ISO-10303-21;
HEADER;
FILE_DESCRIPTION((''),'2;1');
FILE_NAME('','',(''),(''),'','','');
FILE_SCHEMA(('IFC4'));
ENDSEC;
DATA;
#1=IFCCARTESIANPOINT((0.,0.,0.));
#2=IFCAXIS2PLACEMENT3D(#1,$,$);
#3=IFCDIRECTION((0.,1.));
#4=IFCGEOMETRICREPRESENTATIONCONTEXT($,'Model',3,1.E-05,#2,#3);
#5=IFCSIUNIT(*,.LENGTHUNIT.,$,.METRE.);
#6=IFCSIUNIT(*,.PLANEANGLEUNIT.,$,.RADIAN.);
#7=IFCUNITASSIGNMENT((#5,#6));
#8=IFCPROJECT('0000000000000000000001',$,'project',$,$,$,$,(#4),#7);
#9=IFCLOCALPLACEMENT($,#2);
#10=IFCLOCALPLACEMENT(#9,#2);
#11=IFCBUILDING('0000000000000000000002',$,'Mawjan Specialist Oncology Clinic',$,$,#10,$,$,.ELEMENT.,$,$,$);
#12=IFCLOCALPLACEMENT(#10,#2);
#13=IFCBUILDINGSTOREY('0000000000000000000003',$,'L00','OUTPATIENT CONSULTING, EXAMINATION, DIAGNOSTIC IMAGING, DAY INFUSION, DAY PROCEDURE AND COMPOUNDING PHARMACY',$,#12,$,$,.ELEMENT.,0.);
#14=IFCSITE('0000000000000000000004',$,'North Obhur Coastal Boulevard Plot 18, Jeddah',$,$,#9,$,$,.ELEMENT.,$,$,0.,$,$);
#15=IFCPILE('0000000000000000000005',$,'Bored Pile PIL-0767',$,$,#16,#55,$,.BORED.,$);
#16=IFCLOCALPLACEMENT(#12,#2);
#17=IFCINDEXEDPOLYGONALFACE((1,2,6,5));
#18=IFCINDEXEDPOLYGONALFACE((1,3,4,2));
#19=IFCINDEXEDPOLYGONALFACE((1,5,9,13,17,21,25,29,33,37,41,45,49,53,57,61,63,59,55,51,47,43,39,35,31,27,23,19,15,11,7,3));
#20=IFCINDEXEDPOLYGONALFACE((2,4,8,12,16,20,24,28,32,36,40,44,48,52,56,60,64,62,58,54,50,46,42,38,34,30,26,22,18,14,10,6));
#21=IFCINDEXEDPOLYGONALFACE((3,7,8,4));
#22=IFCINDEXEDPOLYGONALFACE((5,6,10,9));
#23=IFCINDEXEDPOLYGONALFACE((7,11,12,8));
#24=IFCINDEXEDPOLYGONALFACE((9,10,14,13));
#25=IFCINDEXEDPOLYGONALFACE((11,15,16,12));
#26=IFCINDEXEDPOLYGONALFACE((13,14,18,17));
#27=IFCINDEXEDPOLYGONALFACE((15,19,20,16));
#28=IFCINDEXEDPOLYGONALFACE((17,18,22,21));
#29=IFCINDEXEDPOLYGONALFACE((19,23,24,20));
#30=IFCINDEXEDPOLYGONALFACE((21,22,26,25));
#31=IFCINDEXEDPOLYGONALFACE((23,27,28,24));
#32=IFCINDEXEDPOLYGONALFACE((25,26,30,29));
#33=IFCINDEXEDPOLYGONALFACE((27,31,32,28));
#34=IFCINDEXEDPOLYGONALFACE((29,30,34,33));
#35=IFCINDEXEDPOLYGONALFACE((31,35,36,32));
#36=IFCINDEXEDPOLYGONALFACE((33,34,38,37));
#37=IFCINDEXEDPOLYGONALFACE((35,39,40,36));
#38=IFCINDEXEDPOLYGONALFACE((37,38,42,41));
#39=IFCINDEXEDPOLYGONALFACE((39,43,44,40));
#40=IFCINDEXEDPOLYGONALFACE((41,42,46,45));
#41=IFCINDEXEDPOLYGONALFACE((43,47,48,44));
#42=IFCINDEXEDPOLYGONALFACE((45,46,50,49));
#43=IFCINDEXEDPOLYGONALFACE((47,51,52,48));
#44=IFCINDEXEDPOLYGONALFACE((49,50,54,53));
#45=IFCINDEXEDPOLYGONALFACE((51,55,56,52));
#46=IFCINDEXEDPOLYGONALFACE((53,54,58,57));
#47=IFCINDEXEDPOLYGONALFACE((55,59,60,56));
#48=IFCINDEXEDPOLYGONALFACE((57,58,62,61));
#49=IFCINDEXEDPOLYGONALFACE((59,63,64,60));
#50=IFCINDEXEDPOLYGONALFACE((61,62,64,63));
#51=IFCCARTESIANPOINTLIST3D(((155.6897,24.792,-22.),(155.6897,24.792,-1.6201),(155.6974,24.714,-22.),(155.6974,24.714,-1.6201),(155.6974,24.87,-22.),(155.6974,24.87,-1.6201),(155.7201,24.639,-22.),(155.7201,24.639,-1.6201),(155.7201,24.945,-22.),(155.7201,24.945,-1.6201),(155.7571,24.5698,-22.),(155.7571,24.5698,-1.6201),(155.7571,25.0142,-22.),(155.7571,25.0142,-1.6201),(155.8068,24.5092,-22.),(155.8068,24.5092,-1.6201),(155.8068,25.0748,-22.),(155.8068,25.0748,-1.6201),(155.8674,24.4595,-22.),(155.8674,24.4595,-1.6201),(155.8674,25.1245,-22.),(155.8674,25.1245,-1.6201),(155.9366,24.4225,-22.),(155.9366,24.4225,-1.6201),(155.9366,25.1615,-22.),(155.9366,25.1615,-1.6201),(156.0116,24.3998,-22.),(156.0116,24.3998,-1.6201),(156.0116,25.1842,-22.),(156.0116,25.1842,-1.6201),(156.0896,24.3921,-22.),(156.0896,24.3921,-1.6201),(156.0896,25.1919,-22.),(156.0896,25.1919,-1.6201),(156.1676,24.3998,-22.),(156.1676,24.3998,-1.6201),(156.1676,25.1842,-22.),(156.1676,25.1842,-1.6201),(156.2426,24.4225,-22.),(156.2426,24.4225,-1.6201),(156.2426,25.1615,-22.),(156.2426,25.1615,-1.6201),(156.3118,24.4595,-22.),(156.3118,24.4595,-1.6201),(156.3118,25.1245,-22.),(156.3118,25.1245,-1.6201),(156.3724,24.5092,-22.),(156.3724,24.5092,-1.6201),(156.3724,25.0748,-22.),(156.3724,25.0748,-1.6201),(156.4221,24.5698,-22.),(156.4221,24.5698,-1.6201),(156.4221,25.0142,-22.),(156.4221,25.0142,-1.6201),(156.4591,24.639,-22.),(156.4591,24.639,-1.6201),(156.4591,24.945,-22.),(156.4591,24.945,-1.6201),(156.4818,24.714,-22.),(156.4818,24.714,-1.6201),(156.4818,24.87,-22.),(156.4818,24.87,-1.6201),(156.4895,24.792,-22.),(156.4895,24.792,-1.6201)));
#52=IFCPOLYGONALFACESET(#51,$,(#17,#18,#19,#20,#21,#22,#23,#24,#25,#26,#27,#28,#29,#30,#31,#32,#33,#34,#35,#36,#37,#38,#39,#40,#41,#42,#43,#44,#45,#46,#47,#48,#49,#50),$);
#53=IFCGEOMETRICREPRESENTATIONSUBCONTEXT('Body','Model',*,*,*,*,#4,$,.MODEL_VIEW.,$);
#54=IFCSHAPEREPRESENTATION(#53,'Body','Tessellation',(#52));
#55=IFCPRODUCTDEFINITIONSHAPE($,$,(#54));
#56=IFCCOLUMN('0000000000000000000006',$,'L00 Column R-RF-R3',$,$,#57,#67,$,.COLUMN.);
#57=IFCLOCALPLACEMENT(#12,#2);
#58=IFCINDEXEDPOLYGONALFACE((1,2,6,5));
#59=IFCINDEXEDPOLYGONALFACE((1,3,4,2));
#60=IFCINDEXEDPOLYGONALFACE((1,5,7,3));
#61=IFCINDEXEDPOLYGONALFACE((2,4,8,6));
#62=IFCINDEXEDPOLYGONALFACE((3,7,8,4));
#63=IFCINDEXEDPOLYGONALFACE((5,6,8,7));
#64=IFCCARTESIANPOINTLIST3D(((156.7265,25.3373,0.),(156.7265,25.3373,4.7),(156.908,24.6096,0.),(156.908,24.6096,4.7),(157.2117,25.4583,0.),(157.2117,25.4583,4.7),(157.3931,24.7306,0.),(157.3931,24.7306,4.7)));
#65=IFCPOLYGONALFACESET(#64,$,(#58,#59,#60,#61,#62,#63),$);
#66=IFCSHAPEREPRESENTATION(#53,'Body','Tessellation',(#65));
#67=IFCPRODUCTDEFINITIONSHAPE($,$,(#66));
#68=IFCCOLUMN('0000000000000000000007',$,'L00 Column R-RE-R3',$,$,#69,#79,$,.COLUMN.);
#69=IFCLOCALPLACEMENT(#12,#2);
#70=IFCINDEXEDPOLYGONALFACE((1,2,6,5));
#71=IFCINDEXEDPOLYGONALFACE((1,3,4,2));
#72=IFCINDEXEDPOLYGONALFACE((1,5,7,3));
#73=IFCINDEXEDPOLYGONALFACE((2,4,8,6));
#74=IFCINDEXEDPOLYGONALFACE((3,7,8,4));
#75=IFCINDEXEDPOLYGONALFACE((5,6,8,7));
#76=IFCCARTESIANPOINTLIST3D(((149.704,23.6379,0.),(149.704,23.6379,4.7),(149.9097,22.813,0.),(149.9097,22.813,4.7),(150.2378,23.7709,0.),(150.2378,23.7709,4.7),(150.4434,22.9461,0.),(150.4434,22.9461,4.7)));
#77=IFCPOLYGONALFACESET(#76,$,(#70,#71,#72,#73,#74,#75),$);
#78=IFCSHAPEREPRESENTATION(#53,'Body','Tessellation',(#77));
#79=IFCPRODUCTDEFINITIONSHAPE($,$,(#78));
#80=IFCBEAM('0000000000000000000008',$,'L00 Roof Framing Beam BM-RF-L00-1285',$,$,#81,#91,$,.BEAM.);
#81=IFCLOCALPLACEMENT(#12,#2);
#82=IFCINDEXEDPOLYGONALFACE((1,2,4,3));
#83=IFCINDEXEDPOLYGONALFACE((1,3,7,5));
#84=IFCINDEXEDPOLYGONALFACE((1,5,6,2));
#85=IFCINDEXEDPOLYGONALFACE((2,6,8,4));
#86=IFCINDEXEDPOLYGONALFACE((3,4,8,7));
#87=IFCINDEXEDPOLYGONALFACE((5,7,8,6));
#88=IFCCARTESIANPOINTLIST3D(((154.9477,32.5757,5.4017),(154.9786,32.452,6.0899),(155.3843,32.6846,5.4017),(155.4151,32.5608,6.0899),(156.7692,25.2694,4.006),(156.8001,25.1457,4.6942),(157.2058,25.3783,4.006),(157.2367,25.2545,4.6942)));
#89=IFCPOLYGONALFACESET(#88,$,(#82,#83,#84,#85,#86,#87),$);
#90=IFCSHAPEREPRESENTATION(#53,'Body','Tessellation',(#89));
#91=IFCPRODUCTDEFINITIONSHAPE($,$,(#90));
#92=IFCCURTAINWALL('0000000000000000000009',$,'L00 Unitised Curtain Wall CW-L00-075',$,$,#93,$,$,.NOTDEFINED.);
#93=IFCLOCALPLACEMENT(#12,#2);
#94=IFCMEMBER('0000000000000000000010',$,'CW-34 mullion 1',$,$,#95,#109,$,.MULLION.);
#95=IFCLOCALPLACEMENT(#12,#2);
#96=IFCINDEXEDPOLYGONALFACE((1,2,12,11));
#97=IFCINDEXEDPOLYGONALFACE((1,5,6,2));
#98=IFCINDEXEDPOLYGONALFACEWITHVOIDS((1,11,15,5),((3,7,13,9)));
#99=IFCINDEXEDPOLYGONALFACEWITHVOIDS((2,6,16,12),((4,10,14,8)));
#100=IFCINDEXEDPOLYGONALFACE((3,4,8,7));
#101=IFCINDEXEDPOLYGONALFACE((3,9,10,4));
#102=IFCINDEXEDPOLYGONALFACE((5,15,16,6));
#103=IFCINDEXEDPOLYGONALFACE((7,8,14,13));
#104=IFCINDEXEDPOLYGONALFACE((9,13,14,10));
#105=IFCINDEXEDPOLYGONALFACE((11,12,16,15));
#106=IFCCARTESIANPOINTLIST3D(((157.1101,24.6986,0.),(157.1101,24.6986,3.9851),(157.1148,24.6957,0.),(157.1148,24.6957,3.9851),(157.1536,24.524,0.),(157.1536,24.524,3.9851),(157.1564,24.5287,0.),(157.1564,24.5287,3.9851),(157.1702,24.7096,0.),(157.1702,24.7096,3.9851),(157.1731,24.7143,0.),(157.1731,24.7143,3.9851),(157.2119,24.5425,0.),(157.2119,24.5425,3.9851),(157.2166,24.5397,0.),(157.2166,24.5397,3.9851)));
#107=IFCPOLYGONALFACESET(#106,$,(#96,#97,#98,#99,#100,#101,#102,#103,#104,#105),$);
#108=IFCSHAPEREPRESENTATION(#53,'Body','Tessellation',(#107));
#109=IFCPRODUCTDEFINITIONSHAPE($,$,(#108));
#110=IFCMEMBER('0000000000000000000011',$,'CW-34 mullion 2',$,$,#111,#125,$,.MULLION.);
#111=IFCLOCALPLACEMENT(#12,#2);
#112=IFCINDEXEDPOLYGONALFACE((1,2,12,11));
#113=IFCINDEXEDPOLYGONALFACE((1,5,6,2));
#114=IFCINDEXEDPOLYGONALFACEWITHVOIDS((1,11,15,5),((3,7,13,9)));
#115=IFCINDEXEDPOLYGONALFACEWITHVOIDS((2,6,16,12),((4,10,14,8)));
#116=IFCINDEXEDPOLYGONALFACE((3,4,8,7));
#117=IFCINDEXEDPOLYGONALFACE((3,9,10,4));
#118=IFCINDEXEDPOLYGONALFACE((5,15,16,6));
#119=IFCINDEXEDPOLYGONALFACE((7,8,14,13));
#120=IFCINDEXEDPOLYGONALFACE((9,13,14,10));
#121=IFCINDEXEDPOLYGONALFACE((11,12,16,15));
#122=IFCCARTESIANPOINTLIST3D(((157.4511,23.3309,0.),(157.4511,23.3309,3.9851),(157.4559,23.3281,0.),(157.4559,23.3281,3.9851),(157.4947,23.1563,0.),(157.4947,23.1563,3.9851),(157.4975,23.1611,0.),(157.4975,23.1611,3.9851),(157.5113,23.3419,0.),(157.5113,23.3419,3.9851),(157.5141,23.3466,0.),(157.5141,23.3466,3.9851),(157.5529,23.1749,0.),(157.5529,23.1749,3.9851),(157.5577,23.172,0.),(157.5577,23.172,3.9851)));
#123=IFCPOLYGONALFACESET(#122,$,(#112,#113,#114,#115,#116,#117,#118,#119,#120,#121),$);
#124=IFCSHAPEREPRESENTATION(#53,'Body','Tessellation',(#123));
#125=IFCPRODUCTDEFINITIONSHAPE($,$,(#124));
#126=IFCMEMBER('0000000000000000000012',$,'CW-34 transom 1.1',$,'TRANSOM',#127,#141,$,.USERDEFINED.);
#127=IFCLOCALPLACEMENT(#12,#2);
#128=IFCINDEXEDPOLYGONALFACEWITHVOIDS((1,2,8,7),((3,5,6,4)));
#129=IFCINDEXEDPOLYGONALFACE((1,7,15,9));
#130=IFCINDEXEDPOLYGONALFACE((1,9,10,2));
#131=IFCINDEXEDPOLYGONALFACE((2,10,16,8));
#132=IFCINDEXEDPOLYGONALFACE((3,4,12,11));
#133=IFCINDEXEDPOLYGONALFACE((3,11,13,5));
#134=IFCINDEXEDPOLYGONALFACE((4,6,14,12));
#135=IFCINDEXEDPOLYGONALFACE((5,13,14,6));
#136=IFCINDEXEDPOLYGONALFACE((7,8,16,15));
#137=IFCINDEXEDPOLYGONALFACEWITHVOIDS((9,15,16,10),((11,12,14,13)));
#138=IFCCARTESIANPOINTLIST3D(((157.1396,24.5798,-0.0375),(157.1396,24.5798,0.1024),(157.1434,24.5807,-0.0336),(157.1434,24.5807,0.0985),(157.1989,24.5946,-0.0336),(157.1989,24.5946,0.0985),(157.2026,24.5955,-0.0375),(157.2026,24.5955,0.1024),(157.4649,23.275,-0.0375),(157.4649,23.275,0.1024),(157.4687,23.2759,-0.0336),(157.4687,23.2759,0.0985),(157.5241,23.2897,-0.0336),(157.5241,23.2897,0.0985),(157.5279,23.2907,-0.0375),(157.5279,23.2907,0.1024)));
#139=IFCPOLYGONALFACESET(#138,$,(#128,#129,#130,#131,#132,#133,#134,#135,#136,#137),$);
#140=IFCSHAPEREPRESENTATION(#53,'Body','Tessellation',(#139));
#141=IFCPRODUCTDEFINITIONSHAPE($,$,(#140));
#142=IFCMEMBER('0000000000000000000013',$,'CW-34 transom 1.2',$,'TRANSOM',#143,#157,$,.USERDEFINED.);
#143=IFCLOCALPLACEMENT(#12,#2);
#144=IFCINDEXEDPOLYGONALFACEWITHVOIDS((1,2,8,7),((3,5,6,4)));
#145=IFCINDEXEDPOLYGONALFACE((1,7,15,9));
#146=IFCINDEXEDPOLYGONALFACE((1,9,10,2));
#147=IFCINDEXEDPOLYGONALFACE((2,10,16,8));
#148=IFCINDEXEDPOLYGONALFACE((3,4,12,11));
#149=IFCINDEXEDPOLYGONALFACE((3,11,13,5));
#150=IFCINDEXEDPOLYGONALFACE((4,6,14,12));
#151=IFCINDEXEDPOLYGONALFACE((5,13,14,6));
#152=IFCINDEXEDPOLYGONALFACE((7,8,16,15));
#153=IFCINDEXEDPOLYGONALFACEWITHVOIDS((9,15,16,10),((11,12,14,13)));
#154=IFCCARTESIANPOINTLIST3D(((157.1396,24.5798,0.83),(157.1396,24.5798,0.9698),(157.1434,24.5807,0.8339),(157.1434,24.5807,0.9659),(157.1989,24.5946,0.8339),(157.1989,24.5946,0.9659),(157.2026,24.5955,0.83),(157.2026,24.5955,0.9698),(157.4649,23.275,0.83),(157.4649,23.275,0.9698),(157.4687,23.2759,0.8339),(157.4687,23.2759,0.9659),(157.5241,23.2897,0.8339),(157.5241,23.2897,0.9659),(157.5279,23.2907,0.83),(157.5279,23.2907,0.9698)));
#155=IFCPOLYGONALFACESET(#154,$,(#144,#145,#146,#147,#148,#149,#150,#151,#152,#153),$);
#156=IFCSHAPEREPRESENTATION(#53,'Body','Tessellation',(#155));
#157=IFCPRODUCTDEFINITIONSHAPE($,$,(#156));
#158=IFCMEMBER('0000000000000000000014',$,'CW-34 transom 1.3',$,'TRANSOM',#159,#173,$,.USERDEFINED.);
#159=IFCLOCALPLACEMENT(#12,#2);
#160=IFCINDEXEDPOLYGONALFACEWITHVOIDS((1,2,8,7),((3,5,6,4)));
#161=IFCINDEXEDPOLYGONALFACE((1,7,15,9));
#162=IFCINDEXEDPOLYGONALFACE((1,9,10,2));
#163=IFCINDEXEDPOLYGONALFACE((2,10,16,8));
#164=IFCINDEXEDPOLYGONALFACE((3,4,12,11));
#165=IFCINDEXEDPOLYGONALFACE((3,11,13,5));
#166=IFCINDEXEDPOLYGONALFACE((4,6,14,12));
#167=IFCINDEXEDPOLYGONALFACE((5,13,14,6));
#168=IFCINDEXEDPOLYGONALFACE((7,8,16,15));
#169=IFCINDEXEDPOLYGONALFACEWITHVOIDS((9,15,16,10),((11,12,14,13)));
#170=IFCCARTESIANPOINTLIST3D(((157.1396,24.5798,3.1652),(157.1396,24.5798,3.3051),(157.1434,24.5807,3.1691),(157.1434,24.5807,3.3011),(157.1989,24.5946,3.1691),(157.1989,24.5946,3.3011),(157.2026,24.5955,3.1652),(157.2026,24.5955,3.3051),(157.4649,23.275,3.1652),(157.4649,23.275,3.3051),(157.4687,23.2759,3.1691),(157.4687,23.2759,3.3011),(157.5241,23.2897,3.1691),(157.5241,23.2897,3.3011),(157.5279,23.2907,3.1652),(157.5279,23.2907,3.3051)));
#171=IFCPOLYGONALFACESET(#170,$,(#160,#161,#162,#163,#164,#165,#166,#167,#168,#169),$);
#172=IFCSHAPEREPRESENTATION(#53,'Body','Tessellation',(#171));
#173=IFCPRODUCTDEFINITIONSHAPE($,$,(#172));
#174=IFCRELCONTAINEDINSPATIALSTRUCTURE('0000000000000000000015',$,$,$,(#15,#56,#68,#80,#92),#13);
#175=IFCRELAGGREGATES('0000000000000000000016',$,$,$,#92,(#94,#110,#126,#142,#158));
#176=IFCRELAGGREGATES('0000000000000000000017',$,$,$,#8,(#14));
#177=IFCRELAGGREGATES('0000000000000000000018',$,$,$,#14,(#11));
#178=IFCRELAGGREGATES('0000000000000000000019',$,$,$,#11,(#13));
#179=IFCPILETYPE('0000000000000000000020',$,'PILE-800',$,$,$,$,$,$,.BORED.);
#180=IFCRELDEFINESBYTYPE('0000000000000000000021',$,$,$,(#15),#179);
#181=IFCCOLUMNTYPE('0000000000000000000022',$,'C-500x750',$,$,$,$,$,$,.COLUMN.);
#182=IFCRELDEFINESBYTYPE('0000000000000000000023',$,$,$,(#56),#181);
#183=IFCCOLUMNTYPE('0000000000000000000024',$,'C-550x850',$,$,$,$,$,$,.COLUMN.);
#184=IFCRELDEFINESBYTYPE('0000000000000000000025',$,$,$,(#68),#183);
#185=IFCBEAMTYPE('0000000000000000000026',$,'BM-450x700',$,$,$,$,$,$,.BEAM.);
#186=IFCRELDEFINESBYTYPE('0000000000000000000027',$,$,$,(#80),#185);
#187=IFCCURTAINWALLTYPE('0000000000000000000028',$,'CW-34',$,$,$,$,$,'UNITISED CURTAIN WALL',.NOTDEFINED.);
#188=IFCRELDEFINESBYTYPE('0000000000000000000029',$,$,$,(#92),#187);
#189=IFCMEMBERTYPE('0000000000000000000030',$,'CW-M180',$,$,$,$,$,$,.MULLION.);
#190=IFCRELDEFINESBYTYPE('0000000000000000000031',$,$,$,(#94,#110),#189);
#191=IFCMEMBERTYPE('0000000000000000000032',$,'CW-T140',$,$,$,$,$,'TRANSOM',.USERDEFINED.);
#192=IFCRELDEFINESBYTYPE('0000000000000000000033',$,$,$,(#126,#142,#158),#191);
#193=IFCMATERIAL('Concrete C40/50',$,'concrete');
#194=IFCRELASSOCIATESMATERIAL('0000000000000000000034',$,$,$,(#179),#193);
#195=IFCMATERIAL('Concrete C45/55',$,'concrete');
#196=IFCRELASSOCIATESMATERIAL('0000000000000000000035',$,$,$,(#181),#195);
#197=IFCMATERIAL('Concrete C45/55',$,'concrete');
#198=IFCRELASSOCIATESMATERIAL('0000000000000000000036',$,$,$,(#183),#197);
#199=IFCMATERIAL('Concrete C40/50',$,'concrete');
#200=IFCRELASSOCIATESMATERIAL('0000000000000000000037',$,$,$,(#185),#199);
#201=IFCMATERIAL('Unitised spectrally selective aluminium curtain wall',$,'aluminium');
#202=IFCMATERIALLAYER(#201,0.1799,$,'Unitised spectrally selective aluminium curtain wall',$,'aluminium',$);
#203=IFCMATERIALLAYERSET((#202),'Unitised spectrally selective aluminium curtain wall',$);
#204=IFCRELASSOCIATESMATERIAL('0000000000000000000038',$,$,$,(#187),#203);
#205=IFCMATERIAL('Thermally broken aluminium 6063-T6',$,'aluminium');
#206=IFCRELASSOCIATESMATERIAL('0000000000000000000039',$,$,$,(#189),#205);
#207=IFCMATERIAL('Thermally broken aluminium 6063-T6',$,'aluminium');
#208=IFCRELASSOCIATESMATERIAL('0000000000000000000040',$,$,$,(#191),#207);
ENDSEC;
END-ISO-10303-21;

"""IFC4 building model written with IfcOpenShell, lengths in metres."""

from ifc_helpers import new_model, si_unit, direction, frame, origin, origin_2d, place, context, subcontext, project, spatial, rectangle, hollow_rectangle, circle, extrude, material, layer, layer_set, material_profile, profile_set, type_object, element, aggregate, save


model = new_model("IFC4")

# Units and contexts
model_context = context("Model", 3, precision=1e-05, world=origin(), true_north=direction((0.0, 1.0)))
body_context = subcontext(model_context, "Body", "Model", "MODEL_VIEW")
ifc_project = project(units=[si_unit("LENGTHUNIT", "METRE"), si_unit("PLANEANGLEUNIT", "RADIAN")], contexts=[model_context])

# Site, building, storey
site_placement = place(None, origin())
site = spatial("IfcSite", under=ifc_project, at=site_placement, Name="North Obhur Coastal Boulevard Plot 18, Jeddah", CompositionType="ELEMENT", RefElevation=0.0)
building_placement = place(site_placement, origin())
building = spatial("IfcBuilding", under=site, at=building_placement, Name="Mawjan Specialist Oncology Clinic", CompositionType="ELEMENT")
storey_placement = place(building_placement, origin())
storey = spatial("IfcBuildingStorey", under=building, at=storey_placement, Name="L00", Description="OUTPATIENT CONSULTING, EXAMINATION, DIAGNOSTIC IMAGING, DAY INFUSION, DAY PROCEDURE AND COMPOUNDING PHARMACY", CompositionType="ELEMENT", Elevation=0.0)

# Pile
ifc_material_1 = material(Name="Concrete C40/50", Category="concrete")
ifc_material_profile_1 = material_profile(ifc_material_1, circle(Radius=0.3999, at=origin_2d()), Name="BORED PILE D800", Category="concrete")
ifc_profile_set_1 = profile_set([ifc_material_profile_1], Name="Concrete C40/50")
pile_type = type_object("IfcPileType", Name="PILE-800", PredefinedType="BORED", material=ifc_profile_set_1)
pile_placement = place(storey_placement, frame((156.0896, 24.792, -1.6201), z_axis=(0.0, 0.0, -1.0), x_axis=(1.0, 0.0, 0.0)))
element("IfcPile", 1, at=pile_placement, inside=storey, type_object=pile_type, Name="Bored Pile PIL-0767", PredefinedType="BORED", context=body_context, shape_type="SweptSolid", body=[
    extrude(circle(Radius=0.3999, at=origin_2d()), origin(), (0.0, 0.0, 1.0), 20.3799),
])

# Columns
ifc_material_2 = material(Name="Concrete C45/55", Category="concrete")
ifc_material_profile_2 = material_profile(ifc_material_2, rectangle(XDim=0.5, YDim=0.75, at=origin_2d()), Name="RC COL 500x750", Category="concrete")
ifc_profile_set_2 = profile_set([ifc_material_profile_2], Name="Concrete C45/55")
column_type_1 = type_object("IfcColumnType", Name="C-500x750", PredefinedType="COLUMN", material=ifc_profile_set_2)
column_1_placement = place(storey_placement, frame((157.0598, 25.0339, 0.0), z_axis=(0.0, 0.0, 1.0), x_axis=(0.970296, 0.241922, 0.0)))
element("IfcColumn", 2, at=column_1_placement, inside=storey, type_object=column_type_1, Name="L00 Column R-RF-R3", PredefinedType="COLUMN", context=body_context, shape_type="SweptSolid", body=[
    extrude(rectangle(XDim=0.5, YDim=0.75, at=origin_2d()), origin(), (0.0, 0.0, 1.0), 4.7),
])
ifc_material_3 = material(Name="Concrete C45/55", Category="concrete")
ifc_material_profile_3 = material_profile(ifc_material_3, rectangle(XDim=0.55, YDim=0.8501, at=origin_2d()), Name="RC COL 550x850", Category="concrete")
ifc_profile_set_3 = profile_set([ifc_material_profile_3], Name="Concrete C45/55")
column_type_2 = type_object("IfcColumnType", Name="C-550x850", PredefinedType="COLUMN", material=ifc_profile_set_3)
column_2_placement = place(storey_placement, frame((150.0737, 23.292, 0.0), z_axis=(0.0, 0.0, 1.0), x_axis=(0.970296, 0.241922, 0.0)))
element("IfcColumn", 3, at=column_2_placement, inside=storey, type_object=column_type_2, Name="L00 Column R-RE-R3", PredefinedType="COLUMN", context=body_context, shape_type="SweptSolid", body=[
    extrude(rectangle(XDim=0.55, YDim=0.8501, at=origin_2d()), origin(), (0.0, 0.0, 1.0), 4.7),
])

# Beam
ifc_material_4 = material(Name="Concrete C40/50", Category="concrete")
ifc_material_profile_4 = material_profile(ifc_material_4, rectangle(XDim=0.45, YDim=0.7, at=origin_2d()), Name="RC BM 450x700", Category="concrete")
ifc_profile_set_4 = profile_set([ifc_material_profile_4], Name="Concrete C40/50")
beam_type = type_object("IfcBeamType", Name="BM-450x700", PredefinedType="BEAM", material=ifc_profile_set_4)
beam_placement = place(storey_placement, frame((157.0029, 25.262, 4.3501), z_axis=(-0.237851, 0.95405, 0.182254), x_axis=(-0.970301, -0.241902, 0.0)))
element("IfcBeam", 4, at=beam_placement, inside=storey, type_object=beam_type, Name="L00 Roof Framing Beam BM-RF-L00-1285", PredefinedType="BEAM", context=body_context, shape_type="SweptSolid", body=[
    extrude(rectangle(XDim=0.45, YDim=0.7, at=origin_2d()), origin(), (0.0, 0.0, 1.0), 7.6582),
])

# Curtain wall, members
ifc_material_5 = material(Name="Unitised spectrally selective aluminium curtain wall", Category="aluminium")
ifc_layer_1 = layer(ifc_material_5, 0.1799, Name="Unitised spectrally selective aluminium curtain wall", Category="aluminium")
ifc_layer_set_1 = layer_set([ifc_layer_1], Name="Unitised spectrally selective aluminium curtain wall")
curtain_wall_type = type_object("IfcCurtainWallType", Name="CW-34", ElementType="UNITISED CURTAIN WALL", PredefinedType="NOTDEFINED", material=ifc_layer_set_1)
curtain_wall_placement = place(storey_placement, origin())
curtain_wall = element("IfcCurtainWall", 5, at=curtain_wall_placement, inside=storey, type_object=curtain_wall_type, Name="L00 Unitised Curtain Wall CW-L00-075", PredefinedType="NOTDEFINED")
ifc_material_6 = material(Name="Thermally broken aluminium 6063-T6", Category="aluminium")
ifc_material_profile_5 = material_profile(ifc_material_6, hollow_rectangle(XDim=0.0649, YDim=0.1799, WallThickness=0.0039, at=origin_2d()), Name="ALU MULLION 180x65x4", Category="aluminium")
ifc_profile_set_5 = profile_set([ifc_material_profile_5], Name="Thermally broken aluminium 6063-T6")
member_type_1 = type_object("IfcMemberType", Name="CW-M180", PredefinedType="MULLION", material=ifc_profile_set_5)
member_1_placement = place(storey_placement, frame((157.1633, 24.6191, 0.0), z_axis=(0.0, 0.0, 1.0), x_axis=(0.970296, 0.241922, 0.0)))
member_1 = element("IfcMember", 6, at=member_1_placement, type_object=member_type_1, Name="CW-34 mullion 1", PredefinedType="MULLION", context=body_context, shape_type="SweptSolid", body=[
    extrude(hollow_rectangle(XDim=0.0649, YDim=0.1799, WallThickness=0.0039, at=origin_2d()), origin(), (0.0, 0.0, 1.0), 3.9851),
])
member_2_placement = place(storey_placement, frame((157.5044, 23.2515, 0.0), z_axis=(0.0, 0.0, 1.0), x_axis=(0.970296, 0.241922, 0.0)))
member_2 = element("IfcMember", 7, at=member_2_placement, type_object=member_type_1, Name="CW-34 mullion 2", PredefinedType="MULLION", context=body_context, shape_type="SweptSolid", body=[
    extrude(hollow_rectangle(XDim=0.0649, YDim=0.1799, WallThickness=0.0039, at=origin_2d()), origin(), (0.0, 0.0, 1.0), 3.9851),
])
ifc_material_7 = material(Name="Thermally broken aluminium 6063-T6", Category="aluminium")
ifc_material_profile_6 = material_profile(ifc_material_7, hollow_rectangle(XDim=0.0649, YDim=0.1399, WallThickness=0.0039, at=origin_2d()), Name="ALU TRANSOM 140x65x4", Category="aluminium")
ifc_profile_set_6 = profile_set([ifc_material_profile_6], Name="Thermally broken aluminium 6063-T6")
member_type_2 = type_object("IfcMemberType", Name="CW-T140", ElementType="TRANSOM", PredefinedType="USERDEFINED", material=ifc_profile_set_6)
member_3_placement = place(storey_placement, frame((157.1711, 24.5876, 0.0325), z_axis=(0.241852, -0.970313, 0.0), x_axis=(0.970313, 0.241852, 0.0)))
member_3 = element("IfcMember", 8, at=member_3_placement, type_object=member_type_2, Name="CW-34 transom 1.1", ObjectType="TRANSOM", PredefinedType="USERDEFINED", context=body_context, shape_type="SweptSolid", body=[
    extrude(hollow_rectangle(XDim=0.0649, YDim=0.1399, WallThickness=0.0039, at=origin_2d()), origin(), (0.0, 0.0, 1.0), 1.3447),
])
member_4_placement = place(storey_placement, frame((157.1711, 24.5876, 0.8999), z_axis=(0.241852, -0.970313, 0.0), x_axis=(0.970313, 0.241852, 0.0)))
member_4 = element("IfcMember", 9, at=member_4_placement, type_object=member_type_2, Name="CW-34 transom 1.2", ObjectType="TRANSOM", PredefinedType="USERDEFINED", context=body_context, shape_type="SweptSolid", body=[
    extrude(hollow_rectangle(XDim=0.0649, YDim=0.1399, WallThickness=0.0039, at=origin_2d()), origin(), (0.0, 0.0, 1.0), 1.3447),
])
member_5_placement = place(storey_placement, frame((157.1711, 24.5876, 3.2351), z_axis=(0.241852, -0.970313, 0.0), x_axis=(0.970313, 0.241852, 0.0)))
member_5 = element("IfcMember", 10, at=member_5_placement, type_object=member_type_2, Name="CW-34 transom 1.3", ObjectType="TRANSOM", PredefinedType="USERDEFINED", context=body_context, shape_type="SweptSolid", body=[
    extrude(hollow_rectangle(XDim=0.0649, YDim=0.1399, WallThickness=0.0039, at=origin_2d()), origin(), (0.0, 0.0, 1.0), 1.3447),
])
aggregate(curtain_wall, [member_1, member_2, member_3, member_4, member_5])

save(model, "model.ifc")
